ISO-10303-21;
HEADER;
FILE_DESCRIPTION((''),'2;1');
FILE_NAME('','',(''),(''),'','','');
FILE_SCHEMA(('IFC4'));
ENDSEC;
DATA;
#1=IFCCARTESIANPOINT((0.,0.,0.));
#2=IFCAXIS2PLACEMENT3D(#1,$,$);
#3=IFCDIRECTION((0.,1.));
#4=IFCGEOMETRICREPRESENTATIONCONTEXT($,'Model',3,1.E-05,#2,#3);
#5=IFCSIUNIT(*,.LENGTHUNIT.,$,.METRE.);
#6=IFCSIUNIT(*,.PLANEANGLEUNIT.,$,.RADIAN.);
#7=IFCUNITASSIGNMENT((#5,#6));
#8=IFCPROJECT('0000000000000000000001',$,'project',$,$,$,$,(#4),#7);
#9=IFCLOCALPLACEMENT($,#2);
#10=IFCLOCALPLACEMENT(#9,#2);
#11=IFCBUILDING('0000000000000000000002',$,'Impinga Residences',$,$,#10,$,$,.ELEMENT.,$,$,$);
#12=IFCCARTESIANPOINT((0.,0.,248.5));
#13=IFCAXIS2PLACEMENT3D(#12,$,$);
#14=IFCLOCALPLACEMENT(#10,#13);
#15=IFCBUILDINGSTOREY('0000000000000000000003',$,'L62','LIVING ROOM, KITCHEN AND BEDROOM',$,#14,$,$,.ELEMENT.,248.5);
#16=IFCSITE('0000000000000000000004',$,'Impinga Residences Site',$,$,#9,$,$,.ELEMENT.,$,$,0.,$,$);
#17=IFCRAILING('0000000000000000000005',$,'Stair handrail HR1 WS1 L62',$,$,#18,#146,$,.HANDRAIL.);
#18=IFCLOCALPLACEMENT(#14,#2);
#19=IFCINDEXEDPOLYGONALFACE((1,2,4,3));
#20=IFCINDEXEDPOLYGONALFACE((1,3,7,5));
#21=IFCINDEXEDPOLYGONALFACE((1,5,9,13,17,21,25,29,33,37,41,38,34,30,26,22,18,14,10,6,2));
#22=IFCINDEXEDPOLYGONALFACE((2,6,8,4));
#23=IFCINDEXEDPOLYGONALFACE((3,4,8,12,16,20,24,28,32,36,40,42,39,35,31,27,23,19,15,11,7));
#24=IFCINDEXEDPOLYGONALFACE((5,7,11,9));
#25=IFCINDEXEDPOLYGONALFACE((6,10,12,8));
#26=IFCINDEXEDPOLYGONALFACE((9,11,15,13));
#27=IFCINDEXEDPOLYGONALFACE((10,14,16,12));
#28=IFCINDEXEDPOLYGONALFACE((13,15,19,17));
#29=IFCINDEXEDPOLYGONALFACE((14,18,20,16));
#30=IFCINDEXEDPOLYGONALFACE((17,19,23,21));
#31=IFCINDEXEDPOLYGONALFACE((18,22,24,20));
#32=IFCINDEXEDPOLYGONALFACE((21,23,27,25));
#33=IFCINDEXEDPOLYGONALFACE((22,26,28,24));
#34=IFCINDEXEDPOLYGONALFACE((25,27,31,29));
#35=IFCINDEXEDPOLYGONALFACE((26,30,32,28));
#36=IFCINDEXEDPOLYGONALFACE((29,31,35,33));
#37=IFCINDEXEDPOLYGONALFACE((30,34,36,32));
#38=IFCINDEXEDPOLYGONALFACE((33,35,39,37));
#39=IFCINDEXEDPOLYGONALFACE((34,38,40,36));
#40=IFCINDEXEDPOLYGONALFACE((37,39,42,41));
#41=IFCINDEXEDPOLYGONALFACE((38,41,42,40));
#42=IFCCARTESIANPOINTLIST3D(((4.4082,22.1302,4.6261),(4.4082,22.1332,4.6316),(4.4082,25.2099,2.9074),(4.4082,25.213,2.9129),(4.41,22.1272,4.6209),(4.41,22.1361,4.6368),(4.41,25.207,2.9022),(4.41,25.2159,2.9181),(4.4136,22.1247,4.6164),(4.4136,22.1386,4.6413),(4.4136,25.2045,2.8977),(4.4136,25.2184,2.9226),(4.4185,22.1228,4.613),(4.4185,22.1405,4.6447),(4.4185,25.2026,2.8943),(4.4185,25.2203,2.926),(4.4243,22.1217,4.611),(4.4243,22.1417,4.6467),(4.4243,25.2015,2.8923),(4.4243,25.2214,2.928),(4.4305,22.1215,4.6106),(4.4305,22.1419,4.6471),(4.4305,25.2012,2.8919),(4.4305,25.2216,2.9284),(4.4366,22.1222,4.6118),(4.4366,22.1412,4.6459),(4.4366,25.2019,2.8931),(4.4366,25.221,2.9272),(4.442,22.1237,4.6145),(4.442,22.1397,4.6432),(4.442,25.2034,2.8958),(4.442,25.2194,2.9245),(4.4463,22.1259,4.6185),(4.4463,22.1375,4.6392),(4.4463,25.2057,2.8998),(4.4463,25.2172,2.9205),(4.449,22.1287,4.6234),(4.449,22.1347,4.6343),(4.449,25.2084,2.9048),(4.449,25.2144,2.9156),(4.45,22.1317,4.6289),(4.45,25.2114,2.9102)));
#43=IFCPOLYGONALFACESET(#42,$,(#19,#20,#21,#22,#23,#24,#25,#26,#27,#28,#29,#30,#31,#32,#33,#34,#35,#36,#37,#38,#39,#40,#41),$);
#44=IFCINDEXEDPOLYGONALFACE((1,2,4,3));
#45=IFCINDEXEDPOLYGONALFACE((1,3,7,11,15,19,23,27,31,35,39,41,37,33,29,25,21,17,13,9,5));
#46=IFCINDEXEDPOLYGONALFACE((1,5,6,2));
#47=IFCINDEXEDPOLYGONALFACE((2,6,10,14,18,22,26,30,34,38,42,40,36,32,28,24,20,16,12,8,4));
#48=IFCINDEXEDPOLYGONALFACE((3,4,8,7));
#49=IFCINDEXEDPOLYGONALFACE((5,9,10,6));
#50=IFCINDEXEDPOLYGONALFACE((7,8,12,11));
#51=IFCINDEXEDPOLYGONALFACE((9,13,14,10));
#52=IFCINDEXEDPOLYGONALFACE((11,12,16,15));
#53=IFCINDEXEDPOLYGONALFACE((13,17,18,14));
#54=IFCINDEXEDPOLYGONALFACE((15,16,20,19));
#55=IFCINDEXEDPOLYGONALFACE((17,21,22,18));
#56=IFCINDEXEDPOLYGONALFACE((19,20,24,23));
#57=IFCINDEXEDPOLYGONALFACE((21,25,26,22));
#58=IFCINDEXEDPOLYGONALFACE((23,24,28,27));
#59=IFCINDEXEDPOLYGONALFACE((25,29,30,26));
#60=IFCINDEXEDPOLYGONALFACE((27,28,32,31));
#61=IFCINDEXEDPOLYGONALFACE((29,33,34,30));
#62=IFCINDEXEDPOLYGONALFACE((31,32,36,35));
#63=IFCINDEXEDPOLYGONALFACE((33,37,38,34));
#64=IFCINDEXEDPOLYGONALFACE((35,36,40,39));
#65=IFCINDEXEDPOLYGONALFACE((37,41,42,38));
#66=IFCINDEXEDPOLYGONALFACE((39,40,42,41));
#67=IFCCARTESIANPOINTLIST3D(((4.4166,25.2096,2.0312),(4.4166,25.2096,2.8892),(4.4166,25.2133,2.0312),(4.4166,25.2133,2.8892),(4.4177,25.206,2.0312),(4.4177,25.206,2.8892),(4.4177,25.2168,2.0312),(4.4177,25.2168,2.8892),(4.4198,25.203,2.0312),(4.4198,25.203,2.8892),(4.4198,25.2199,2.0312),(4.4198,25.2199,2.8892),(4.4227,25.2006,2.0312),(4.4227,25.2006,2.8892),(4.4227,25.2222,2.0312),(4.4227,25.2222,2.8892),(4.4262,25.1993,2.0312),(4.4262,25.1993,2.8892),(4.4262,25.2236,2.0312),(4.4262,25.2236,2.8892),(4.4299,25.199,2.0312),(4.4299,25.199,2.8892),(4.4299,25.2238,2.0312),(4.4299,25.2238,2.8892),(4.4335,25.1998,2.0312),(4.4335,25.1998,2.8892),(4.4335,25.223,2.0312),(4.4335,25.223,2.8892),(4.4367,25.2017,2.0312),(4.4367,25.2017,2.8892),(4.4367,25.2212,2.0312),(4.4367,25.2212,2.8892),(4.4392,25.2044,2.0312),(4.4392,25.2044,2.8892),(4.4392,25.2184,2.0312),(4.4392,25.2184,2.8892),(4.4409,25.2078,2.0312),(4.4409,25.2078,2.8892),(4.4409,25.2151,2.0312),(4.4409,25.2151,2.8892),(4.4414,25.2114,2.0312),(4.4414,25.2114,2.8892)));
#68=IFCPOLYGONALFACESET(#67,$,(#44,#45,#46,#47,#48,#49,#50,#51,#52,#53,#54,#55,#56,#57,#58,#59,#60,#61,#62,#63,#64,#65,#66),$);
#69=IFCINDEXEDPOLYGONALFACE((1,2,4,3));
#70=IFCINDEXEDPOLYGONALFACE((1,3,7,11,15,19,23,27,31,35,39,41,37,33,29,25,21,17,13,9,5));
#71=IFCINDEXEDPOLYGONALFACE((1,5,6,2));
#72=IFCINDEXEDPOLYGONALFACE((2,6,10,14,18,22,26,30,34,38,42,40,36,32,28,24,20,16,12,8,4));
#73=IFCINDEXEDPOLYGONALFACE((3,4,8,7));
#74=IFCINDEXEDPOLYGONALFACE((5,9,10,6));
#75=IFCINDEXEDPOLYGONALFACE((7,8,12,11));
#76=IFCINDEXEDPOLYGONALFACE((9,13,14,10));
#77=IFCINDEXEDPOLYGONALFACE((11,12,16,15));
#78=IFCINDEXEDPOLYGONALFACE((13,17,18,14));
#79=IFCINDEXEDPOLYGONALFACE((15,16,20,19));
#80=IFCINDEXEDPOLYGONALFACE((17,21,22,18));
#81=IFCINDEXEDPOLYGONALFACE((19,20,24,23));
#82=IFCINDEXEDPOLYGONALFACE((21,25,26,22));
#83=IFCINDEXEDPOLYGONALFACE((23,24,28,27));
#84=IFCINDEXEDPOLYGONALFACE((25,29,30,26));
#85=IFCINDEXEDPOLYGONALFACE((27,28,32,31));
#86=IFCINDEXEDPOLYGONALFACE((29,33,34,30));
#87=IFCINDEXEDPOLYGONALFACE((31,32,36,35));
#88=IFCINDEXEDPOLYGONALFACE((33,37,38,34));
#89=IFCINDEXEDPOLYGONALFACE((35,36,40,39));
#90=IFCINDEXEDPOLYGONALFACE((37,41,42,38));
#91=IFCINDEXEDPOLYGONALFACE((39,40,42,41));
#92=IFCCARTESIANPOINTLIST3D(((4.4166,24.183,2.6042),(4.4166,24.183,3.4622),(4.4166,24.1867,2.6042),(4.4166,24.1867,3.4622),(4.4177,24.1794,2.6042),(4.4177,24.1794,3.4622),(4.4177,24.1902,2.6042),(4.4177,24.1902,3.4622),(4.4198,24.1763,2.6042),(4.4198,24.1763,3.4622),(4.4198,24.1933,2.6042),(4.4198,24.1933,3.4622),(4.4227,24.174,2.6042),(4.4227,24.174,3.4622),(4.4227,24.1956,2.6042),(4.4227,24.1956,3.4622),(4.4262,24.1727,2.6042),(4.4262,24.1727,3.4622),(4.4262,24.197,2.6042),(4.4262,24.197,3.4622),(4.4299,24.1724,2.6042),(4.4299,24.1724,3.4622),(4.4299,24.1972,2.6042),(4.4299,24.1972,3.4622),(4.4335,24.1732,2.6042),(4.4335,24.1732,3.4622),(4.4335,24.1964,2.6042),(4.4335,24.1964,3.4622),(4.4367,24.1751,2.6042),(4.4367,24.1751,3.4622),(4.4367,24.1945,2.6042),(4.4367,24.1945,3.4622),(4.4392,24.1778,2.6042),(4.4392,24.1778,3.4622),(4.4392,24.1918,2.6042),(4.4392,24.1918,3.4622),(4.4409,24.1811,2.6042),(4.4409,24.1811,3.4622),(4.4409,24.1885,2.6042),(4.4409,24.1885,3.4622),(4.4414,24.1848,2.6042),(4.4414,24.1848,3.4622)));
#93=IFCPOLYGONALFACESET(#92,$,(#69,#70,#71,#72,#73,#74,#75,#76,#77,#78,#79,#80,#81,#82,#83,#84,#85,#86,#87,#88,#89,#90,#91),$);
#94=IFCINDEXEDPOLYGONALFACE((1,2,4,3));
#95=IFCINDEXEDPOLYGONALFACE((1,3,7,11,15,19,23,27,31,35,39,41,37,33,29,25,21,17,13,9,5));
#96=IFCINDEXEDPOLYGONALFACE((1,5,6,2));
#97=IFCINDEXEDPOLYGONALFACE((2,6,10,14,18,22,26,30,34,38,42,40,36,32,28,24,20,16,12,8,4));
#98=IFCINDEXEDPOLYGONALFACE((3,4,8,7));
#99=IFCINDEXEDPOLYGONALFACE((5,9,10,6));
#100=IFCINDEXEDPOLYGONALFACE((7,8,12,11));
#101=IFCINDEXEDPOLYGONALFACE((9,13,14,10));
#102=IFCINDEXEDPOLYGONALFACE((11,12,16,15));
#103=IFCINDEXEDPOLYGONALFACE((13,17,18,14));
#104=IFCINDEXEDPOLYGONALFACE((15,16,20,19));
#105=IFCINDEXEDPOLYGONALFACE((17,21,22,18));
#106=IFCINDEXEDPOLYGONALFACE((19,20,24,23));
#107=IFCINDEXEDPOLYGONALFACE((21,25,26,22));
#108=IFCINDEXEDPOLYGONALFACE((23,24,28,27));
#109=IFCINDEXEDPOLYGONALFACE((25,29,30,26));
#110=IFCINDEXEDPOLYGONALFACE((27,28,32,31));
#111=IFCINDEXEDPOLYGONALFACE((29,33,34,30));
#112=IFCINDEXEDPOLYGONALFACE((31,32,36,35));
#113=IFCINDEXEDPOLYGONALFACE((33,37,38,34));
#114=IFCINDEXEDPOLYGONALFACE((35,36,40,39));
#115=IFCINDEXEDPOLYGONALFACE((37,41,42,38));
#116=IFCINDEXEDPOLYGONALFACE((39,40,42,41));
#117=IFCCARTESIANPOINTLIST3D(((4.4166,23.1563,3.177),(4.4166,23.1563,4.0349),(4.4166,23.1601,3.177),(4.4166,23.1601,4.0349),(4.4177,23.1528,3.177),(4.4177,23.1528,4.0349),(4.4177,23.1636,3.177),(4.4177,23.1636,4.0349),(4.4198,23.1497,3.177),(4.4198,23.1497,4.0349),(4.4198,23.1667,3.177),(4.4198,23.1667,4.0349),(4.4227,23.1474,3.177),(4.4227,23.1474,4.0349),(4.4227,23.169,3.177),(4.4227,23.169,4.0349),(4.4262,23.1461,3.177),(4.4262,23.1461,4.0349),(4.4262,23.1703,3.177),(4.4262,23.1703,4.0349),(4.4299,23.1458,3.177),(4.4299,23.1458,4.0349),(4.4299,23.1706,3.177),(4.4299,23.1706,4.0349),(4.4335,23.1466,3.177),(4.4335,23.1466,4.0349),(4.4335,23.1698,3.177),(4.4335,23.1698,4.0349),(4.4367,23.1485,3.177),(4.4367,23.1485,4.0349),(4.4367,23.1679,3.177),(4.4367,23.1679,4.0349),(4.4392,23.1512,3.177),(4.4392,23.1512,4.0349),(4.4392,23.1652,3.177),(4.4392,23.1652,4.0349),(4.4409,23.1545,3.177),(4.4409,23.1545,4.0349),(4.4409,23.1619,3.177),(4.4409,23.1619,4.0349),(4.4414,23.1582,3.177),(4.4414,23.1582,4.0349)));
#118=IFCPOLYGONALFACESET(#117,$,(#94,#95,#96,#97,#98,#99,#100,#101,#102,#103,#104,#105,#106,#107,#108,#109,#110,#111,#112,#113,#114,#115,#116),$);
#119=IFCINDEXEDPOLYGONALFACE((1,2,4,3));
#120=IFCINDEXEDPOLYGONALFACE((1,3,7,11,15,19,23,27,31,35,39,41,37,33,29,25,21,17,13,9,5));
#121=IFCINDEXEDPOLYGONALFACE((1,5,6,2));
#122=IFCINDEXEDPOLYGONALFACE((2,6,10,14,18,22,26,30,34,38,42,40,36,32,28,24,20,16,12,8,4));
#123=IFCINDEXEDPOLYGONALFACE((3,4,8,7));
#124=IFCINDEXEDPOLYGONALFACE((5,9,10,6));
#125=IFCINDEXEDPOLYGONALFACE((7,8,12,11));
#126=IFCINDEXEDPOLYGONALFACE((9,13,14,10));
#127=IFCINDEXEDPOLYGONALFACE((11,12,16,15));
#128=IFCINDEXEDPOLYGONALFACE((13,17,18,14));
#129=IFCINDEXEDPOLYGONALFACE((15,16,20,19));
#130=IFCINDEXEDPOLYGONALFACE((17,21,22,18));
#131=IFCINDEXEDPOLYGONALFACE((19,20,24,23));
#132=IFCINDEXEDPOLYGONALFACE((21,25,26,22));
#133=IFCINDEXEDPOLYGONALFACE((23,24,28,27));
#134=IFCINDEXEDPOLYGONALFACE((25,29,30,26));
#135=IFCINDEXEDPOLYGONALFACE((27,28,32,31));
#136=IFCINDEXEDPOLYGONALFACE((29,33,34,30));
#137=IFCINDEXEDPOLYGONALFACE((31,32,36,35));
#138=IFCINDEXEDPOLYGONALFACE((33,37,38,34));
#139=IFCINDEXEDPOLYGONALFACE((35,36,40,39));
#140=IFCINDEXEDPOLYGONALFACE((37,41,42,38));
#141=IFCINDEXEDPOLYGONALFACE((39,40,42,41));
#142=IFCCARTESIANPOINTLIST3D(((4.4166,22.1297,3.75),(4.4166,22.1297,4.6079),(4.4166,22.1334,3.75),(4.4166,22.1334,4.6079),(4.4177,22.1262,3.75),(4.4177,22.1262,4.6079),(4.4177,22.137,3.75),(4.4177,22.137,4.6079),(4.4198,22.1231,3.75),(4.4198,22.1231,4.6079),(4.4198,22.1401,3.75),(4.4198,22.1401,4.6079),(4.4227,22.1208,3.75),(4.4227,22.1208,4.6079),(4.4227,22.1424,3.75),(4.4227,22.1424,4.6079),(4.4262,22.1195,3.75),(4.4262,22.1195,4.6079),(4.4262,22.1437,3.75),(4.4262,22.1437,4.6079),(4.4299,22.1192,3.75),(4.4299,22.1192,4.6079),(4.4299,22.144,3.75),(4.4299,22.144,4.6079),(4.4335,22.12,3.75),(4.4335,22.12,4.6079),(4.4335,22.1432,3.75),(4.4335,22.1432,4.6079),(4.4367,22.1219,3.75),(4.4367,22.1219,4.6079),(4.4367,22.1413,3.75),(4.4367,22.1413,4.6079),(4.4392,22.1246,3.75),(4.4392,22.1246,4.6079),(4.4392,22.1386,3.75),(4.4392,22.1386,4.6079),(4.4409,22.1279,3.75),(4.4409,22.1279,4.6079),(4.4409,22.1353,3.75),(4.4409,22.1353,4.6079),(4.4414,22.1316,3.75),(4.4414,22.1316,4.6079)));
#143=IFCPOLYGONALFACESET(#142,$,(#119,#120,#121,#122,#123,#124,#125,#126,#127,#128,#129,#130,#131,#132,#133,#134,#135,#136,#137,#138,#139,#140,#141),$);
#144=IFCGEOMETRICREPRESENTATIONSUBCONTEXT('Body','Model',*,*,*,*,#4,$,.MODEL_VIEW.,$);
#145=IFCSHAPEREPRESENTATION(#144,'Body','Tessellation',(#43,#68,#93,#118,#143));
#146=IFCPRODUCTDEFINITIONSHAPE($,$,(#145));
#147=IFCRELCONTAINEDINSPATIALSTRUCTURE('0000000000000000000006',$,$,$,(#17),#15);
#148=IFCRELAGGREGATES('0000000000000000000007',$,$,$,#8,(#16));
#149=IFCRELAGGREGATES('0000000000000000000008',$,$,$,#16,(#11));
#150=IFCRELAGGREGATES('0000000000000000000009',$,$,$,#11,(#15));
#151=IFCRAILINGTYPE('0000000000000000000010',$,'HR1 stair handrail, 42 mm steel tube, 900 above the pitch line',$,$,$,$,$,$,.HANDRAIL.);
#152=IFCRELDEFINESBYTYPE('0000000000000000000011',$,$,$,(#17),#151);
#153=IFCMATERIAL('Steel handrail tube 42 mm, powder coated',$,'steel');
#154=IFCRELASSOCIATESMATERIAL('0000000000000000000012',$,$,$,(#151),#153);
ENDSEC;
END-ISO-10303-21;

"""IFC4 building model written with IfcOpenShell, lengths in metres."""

from ifc_helpers import new_model, si_unit, direction, frame, origin, origin_2d, place, context, subcontext, project, spatial, circle, extrude, material, type_object, element, save


model = new_model("IFC4")

# Units and contexts
model_context = context("Model", 3, precision=1e-05, world=origin(), true_north=direction((0.0, 1.0)))
body_context = subcontext(model_context, "Body", "Model", "MODEL_VIEW")
ifc_project = project(units=[si_unit("LENGTHUNIT", "METRE"), si_unit("PLANEANGLEUNIT", "RADIAN")], contexts=[model_context])

# Site, building, storey
site_placement = place(None, origin())
site = spatial("IfcSite", under=ifc_project, at=site_placement, Name="Impinga Residences Site", CompositionType="ELEMENT", RefElevation=0.0)
building_placement = place(site_placement, origin())
building = spatial("IfcBuilding", under=site, at=building_placement, Name="Impinga Residences", CompositionType="ELEMENT")
storey_placement = place(building_placement, frame((0.0, 0.0, 248.5)))
storey = spatial("IfcBuildingStorey", under=building, at=storey_placement, Name="L62", Description="LIVING ROOM, KITCHEN AND BEDROOM", CompositionType="ELEMENT", Elevation=248.5)

# Railing
ifc_material_1 = material(Name="Steel handrail tube 42 mm, powder coated", Category="steel")
railing_type_1 = type_object("IfcRailingType", Name="HR1 stair handrail, 42 mm steel tube, 900 above the pitch line", PredefinedType="HANDRAIL", material=ifc_material_1)
railing_1_placement = place(storey_placement, frame((4.429, 25.2114, 2.0312)))
element("IfcRailing", 1, at=railing_1_placement, inside=storey, type_object=railing_type_1, Name="Stair handrail HR1 WS1 L62", PredefinedType="HANDRAIL", context=body_context, shape_type="SweptSolid", body=[
    extrude(circle(Radius=0.021, at=origin_2d()), frame((0.0, 0.0, 0.8789), z_axis=(0.0, -0.873225, 0.487317), x_axis=(1.0, 0.0, 0.0)), (0.0, 0.0, 1.0), 3.5269),
    extrude(circle(Radius=0.0125, at=origin_2d()), origin(), (0.0, 0.0, 1.0), 0.8579),
    extrude(circle(Radius=0.0125, at=origin_2d()), frame((0.0, -1.0266, 0.573)), (0.0, 0.0, 1.0), 0.8579),
    extrude(circle(Radius=0.0125, at=origin_2d()), frame((0.0, -2.0532, 1.1458)), (0.0, 0.0, 1.0), 0.8579),
    extrude(circle(Radius=0.0125, at=origin_2d()), frame((0.0, -3.0798, 1.7188)), (0.0, 0.0, 1.0), 0.8579),
])

save(model, "model.ifc")
